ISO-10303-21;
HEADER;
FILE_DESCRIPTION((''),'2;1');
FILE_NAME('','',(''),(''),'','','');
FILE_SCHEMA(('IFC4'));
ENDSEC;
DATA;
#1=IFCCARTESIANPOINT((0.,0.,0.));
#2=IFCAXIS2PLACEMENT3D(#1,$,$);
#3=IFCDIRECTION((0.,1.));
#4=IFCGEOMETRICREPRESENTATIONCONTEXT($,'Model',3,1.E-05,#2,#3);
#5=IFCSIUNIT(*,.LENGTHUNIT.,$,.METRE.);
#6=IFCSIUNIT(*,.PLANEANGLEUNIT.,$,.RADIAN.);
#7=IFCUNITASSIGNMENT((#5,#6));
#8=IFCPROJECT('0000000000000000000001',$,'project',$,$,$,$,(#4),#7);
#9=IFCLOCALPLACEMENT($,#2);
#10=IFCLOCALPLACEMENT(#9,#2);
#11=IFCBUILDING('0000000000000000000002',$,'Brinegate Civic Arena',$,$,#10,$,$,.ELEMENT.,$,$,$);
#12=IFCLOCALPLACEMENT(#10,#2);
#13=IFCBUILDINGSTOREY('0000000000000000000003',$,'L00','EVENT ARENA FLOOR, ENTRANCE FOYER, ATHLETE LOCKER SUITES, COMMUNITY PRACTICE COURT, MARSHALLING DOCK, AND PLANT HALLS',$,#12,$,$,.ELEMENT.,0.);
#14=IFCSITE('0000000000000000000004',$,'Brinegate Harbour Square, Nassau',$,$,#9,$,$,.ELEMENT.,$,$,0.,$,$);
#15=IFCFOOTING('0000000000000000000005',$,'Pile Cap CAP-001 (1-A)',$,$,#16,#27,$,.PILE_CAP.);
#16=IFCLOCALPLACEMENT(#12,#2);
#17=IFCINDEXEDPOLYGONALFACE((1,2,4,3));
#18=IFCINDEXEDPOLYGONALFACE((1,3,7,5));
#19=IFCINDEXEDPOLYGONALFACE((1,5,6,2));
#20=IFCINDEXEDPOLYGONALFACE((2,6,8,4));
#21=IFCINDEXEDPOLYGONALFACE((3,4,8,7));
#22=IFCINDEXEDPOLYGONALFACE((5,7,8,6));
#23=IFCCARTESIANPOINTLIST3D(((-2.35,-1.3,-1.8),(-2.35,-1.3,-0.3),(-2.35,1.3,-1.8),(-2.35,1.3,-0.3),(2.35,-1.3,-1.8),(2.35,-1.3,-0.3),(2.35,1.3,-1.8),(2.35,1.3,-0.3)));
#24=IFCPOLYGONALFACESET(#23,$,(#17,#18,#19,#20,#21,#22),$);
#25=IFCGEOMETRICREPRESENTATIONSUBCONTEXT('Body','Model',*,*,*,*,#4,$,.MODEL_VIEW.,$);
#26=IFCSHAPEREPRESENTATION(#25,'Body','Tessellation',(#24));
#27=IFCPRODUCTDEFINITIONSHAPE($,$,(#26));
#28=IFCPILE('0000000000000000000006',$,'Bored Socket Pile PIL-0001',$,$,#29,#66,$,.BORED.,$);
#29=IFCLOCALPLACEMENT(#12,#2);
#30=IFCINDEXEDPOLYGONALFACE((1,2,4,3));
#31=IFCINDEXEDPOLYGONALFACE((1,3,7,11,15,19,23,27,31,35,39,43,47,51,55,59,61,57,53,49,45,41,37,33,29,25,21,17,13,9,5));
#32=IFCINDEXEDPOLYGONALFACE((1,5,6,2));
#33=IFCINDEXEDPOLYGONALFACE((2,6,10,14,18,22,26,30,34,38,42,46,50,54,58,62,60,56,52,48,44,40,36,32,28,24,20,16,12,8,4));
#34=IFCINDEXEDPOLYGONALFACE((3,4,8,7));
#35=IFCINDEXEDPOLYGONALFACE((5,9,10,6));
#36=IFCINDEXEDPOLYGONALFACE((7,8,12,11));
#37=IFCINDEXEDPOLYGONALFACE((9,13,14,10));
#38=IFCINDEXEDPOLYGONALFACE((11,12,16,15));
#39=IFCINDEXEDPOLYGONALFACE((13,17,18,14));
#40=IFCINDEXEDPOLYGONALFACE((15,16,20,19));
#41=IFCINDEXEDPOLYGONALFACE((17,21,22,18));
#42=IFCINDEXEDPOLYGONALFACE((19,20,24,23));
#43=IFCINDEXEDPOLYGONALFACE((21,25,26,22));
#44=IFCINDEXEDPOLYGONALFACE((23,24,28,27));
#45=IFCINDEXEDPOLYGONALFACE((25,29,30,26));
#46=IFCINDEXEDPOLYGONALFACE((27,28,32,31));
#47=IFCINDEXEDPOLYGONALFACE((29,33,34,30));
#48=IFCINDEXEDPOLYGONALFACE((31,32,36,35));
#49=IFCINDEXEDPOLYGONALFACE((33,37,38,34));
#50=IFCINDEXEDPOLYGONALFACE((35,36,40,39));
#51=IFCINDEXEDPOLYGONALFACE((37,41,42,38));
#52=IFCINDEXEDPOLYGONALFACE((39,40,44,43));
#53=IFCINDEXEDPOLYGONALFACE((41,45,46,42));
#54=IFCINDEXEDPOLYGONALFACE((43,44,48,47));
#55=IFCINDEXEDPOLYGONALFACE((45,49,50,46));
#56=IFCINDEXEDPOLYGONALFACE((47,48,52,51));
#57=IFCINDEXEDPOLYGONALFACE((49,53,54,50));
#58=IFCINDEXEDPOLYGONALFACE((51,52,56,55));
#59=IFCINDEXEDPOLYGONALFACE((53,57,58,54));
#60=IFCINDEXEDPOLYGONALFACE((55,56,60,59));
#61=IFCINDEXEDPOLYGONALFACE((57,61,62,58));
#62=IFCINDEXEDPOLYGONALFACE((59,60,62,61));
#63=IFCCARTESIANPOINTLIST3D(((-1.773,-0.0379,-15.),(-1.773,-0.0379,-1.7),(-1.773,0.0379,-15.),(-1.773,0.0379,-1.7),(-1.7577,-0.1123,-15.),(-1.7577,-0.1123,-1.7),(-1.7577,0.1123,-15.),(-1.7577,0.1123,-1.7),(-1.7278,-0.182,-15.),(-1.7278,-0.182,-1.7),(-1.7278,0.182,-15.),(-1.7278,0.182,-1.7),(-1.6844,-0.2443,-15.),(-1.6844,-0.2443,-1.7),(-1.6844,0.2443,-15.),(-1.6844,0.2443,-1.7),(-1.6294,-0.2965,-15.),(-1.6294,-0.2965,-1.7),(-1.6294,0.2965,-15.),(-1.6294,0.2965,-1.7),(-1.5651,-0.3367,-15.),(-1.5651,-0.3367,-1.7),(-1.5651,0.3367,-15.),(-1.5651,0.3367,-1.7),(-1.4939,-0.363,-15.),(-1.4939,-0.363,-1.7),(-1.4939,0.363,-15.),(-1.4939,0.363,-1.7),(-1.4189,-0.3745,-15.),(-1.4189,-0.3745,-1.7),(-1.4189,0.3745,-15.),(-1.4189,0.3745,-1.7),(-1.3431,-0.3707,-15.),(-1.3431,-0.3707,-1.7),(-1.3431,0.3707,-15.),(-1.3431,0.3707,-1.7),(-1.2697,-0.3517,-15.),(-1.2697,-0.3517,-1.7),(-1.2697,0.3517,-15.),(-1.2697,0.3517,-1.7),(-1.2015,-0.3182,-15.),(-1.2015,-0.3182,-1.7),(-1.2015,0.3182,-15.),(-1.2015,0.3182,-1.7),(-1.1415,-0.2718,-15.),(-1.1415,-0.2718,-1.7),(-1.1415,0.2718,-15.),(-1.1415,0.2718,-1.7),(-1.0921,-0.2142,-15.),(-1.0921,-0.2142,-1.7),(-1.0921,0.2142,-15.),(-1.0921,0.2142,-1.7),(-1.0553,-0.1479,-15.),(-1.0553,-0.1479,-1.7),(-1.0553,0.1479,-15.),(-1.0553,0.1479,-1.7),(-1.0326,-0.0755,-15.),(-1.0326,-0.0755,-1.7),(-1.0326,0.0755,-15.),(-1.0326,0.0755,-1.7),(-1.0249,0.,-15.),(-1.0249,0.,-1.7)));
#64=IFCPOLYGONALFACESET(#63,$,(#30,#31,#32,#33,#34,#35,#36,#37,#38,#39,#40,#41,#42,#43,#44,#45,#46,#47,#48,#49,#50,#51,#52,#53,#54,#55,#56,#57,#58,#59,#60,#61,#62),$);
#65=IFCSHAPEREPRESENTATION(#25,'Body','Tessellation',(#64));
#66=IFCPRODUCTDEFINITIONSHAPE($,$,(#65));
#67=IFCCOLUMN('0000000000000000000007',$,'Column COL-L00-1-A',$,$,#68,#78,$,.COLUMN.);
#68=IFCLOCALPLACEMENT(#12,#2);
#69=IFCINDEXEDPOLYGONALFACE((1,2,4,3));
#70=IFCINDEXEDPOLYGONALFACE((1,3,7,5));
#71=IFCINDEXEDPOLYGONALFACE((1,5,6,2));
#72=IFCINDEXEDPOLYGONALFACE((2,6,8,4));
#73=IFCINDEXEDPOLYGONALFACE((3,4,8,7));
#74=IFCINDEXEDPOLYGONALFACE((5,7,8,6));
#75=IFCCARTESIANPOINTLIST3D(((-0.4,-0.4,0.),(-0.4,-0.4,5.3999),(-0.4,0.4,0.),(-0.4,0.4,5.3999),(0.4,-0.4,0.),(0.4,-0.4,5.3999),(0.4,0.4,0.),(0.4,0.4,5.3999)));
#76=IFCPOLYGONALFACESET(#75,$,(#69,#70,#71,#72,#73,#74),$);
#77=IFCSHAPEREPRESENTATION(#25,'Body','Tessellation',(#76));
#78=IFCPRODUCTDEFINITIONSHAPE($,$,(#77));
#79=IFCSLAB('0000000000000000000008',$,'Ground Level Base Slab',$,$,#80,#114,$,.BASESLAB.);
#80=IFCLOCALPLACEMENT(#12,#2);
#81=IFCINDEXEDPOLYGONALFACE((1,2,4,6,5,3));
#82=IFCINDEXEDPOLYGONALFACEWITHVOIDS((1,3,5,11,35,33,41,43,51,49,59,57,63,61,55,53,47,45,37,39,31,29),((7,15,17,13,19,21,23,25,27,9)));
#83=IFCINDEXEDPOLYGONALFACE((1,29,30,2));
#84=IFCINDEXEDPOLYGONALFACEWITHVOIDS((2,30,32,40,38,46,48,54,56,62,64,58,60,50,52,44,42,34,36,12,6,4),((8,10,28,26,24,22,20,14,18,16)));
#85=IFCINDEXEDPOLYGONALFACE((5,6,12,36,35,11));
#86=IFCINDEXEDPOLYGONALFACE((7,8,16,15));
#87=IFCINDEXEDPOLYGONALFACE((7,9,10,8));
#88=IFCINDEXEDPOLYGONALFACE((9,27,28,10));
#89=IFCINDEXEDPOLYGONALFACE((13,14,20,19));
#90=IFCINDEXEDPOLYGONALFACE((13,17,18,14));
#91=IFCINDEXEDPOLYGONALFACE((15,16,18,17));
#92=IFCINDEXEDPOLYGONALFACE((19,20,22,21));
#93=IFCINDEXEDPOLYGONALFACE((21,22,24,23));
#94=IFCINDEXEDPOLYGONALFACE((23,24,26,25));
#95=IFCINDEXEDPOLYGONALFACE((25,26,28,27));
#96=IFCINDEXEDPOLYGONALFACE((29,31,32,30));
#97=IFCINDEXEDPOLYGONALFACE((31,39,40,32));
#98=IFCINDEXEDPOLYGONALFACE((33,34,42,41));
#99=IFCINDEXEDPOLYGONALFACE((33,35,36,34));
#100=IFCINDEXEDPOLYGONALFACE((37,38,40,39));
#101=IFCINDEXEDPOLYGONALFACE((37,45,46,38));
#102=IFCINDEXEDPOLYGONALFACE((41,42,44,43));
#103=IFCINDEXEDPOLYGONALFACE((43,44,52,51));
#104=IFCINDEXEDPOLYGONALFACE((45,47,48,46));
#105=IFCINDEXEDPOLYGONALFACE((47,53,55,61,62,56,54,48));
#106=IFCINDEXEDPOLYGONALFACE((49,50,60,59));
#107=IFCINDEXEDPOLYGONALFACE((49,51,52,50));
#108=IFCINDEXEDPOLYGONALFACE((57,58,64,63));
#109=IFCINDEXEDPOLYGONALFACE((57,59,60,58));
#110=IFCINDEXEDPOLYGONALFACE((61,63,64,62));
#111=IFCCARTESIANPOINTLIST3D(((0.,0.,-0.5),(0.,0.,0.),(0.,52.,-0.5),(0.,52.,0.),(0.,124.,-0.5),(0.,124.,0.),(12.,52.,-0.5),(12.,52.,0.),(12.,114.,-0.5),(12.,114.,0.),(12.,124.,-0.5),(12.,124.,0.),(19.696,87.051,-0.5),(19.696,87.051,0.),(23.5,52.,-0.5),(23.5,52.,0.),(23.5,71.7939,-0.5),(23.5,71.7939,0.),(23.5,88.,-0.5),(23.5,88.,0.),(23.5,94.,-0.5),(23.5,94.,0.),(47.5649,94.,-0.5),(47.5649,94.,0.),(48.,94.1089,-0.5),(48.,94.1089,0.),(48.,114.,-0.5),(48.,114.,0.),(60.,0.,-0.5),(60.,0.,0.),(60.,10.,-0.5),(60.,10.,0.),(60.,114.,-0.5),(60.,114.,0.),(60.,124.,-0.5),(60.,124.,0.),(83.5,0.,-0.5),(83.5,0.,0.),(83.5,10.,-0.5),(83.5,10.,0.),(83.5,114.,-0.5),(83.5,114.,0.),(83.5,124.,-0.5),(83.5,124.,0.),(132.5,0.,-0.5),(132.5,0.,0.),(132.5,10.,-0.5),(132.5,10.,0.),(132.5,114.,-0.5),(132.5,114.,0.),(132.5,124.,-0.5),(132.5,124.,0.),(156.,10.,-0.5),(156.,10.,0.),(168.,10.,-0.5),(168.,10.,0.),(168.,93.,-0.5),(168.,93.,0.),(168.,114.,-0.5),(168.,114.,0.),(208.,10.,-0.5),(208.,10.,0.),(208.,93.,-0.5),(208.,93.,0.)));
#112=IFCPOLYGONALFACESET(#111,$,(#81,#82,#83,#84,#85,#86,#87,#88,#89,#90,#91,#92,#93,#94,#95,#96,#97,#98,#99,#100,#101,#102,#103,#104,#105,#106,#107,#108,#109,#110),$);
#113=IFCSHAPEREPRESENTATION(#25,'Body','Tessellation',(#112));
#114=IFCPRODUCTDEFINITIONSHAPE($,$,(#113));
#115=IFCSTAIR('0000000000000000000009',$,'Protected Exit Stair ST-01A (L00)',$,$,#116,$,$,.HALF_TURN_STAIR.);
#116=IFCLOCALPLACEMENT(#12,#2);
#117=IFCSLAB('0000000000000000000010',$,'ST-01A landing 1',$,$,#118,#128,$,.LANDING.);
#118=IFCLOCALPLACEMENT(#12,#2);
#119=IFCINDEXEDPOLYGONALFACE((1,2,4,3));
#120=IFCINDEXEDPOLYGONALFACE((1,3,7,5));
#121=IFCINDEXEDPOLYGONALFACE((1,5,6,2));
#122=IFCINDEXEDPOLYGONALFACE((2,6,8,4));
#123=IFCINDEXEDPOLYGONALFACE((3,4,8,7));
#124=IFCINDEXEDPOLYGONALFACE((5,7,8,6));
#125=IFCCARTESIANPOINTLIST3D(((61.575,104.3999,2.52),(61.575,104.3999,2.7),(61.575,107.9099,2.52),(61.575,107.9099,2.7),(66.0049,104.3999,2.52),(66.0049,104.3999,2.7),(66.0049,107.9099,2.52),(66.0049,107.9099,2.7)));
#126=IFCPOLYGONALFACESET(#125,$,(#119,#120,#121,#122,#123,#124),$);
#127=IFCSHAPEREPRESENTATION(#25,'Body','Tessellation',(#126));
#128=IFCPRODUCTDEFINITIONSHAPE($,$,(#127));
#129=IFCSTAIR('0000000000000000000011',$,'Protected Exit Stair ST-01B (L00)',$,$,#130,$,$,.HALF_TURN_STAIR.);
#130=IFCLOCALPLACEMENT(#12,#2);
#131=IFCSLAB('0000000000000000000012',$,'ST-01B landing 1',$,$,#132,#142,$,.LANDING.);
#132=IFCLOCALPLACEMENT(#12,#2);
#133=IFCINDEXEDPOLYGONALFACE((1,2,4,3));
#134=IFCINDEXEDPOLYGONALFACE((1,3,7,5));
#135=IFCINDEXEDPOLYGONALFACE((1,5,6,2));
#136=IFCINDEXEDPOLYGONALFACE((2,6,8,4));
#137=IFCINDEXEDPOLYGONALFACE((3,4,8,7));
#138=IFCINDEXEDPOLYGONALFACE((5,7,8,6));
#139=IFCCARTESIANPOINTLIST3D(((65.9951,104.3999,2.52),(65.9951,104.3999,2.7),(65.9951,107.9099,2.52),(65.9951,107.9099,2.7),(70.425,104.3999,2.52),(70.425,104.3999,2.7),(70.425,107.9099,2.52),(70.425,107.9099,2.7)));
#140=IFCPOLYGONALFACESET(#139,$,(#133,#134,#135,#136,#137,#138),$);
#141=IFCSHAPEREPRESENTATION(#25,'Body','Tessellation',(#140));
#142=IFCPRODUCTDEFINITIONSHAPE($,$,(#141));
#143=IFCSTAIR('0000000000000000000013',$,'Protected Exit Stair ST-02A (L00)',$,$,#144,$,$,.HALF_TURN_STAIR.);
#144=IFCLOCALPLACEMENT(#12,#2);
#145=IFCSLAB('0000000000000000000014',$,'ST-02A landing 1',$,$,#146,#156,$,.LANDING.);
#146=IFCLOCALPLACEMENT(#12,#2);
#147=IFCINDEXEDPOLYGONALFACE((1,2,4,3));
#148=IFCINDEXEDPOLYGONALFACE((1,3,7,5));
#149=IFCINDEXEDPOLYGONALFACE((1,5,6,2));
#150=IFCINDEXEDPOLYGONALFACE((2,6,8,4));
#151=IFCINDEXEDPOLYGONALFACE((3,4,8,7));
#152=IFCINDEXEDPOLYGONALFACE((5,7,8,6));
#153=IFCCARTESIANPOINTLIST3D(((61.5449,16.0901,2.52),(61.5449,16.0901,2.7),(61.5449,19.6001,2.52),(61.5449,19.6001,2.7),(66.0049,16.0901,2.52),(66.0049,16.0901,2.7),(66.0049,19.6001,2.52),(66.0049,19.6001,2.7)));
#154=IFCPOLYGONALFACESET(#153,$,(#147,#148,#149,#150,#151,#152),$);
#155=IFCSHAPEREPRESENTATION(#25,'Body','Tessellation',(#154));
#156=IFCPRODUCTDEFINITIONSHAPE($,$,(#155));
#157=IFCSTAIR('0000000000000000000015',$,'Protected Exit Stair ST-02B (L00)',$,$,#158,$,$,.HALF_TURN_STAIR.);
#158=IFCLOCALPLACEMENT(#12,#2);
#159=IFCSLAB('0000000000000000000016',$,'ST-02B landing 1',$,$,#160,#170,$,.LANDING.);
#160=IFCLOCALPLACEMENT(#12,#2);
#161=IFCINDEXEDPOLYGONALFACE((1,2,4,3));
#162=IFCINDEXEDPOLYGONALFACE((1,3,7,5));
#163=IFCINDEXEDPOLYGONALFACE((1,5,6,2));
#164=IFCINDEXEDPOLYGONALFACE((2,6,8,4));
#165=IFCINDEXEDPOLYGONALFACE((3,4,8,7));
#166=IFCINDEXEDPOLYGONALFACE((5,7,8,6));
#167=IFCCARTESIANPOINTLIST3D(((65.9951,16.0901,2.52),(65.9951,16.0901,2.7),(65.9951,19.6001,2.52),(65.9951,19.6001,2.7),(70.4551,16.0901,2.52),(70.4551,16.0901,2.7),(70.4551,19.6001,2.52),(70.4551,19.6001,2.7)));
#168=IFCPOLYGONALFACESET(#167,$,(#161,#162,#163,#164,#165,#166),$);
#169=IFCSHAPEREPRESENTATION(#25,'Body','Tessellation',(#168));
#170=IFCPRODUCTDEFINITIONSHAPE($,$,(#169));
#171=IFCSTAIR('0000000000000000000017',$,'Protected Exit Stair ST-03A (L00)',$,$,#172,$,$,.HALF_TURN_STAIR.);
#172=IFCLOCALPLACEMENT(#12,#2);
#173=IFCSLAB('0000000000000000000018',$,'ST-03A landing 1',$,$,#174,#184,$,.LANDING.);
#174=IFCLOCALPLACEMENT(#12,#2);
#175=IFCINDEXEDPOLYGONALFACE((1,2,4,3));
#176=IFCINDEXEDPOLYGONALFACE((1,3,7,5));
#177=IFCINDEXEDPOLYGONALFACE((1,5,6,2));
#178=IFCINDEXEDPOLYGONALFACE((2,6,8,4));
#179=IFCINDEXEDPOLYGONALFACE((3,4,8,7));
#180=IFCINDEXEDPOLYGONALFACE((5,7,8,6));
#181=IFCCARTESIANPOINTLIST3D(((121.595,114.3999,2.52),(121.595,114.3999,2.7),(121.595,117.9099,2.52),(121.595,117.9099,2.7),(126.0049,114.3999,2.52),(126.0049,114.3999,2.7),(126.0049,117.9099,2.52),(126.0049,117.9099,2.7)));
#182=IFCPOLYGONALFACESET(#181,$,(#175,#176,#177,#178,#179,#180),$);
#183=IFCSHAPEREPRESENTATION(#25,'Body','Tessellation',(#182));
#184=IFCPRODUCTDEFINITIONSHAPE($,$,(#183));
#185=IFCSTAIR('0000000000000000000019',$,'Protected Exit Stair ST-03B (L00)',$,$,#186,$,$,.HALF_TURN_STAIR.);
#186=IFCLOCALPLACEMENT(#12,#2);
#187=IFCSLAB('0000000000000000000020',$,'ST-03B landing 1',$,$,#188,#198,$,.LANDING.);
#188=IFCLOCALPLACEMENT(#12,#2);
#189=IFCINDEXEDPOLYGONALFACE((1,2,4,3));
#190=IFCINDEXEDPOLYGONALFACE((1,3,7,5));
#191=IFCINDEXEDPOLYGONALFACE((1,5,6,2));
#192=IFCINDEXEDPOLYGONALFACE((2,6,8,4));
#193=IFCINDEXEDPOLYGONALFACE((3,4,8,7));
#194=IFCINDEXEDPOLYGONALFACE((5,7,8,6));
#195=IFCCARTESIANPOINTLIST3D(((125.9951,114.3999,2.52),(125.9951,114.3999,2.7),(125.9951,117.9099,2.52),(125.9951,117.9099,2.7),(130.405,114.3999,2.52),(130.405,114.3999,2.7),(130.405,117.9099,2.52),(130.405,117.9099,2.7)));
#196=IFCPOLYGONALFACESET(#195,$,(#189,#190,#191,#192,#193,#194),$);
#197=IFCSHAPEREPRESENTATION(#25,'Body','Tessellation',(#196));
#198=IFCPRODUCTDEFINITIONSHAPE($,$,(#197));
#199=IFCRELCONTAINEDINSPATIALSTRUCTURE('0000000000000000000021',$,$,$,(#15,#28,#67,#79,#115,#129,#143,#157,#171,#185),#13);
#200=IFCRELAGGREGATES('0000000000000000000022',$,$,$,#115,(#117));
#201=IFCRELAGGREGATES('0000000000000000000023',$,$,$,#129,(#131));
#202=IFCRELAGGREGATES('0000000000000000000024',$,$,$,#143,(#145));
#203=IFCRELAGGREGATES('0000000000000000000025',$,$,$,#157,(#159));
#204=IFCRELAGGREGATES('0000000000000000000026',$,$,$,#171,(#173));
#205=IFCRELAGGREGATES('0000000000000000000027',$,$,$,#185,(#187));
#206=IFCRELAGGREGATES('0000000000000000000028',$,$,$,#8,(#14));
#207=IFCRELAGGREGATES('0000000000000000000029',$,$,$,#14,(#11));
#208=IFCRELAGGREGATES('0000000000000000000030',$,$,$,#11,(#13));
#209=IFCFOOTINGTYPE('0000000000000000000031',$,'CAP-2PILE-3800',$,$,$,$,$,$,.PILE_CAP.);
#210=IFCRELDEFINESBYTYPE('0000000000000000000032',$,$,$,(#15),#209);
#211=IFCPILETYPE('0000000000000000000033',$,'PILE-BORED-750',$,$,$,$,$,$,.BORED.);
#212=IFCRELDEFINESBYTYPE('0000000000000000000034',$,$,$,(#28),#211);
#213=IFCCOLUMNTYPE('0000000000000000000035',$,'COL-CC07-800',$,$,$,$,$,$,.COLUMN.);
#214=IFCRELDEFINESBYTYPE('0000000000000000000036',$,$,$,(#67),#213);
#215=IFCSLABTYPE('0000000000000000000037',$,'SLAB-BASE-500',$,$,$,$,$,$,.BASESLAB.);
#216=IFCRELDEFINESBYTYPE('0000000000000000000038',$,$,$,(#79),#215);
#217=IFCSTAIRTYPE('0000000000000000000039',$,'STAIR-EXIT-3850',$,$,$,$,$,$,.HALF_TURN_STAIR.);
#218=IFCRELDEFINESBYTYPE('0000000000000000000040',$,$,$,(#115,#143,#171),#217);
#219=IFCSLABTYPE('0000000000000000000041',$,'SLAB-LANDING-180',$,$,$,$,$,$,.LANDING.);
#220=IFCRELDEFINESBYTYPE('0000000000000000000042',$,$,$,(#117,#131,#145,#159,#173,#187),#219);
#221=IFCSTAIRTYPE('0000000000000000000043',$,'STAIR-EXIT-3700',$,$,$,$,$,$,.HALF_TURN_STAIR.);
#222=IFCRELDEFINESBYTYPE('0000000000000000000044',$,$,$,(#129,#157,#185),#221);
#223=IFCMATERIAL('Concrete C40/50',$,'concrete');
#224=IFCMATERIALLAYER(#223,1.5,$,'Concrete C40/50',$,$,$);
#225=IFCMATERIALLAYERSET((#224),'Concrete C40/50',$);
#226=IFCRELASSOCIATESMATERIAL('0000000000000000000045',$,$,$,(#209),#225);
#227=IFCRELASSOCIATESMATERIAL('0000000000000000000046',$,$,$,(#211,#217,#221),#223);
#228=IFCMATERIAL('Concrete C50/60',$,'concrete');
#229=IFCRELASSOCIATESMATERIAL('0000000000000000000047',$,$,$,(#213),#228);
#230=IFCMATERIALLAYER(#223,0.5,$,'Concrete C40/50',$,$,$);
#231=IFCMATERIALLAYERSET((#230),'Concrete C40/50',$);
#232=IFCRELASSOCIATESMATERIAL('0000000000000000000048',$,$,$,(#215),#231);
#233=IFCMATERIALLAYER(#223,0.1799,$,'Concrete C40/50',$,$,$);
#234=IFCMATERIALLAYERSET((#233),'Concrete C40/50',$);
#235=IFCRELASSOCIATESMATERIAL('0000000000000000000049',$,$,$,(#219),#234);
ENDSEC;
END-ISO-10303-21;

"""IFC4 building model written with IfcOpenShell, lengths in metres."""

from ifc_helpers import new_model, si_unit, direction, frame, origin, origin_with_axes, origin_2d, place, context, subcontext, project, spatial, polyline, rectangle, circle, outline, extrude, material, layer, layer_set, material_profile, profile_set, type_object, element, aggregate, save


model = new_model("IFC4")

# Units and contexts
model_context = context("Model", 3, precision=1e-05, world=origin(), true_north=direction((0.0, 1.0)))
body_context = subcontext(model_context, "Body", "Model", "MODEL_VIEW")
ifc_project = project(units=[si_unit("LENGTHUNIT", "METRE"), si_unit("PLANEANGLEUNIT", "RADIAN")], contexts=[model_context])

# Site, building, storey
site_placement = place(None, origin())
site = spatial("IfcSite", under=ifc_project, at=site_placement, Name="Brinegate Harbour Square, Nassau", CompositionType="ELEMENT", RefElevation=0.0)
building_placement = place(site_placement, origin())
building = spatial("IfcBuilding", under=site, at=building_placement, Name="Brinegate Civic Arena", CompositionType="ELEMENT")
storey_placement = place(building_placement, origin())
storey = spatial("IfcBuildingStorey", under=building, at=storey_placement, Name="L00", Description="EVENT ARENA FLOOR, ENTRANCE FOYER, ATHLETE LOCKER SUITES, COMMUNITY PRACTICE COURT, MARSHALLING DOCK, AND PLANT HALLS", CompositionType="ELEMENT", Elevation=0.0)

# Footing
ifc_material_1 = material(Name="Concrete C40/50", Category="concrete")
ifc_layer_1 = layer(ifc_material_1, 1.5, Name="Concrete C40/50")
ifc_layer_set_1 = layer_set([ifc_layer_1], Name="Concrete C40/50")
footing_type = type_object("IfcFootingType", Name="CAP-2PILE-3800", PredefinedType="PILE_CAP", material=ifc_layer_set_1)
footing_placement = place(storey_placement, frame((0.0, 0.0, -1.8), z_axis=(0.0, 0.0, 1.0), x_axis=(1.0, 0.0, 0.0)))
element("IfcFooting", 1, at=footing_placement, inside=storey, type_object=footing_type, Name="Pile Cap CAP-001 (1-A)", PredefinedType="PILE_CAP", context=body_context, shape_type="SweptSolid", body=[
    extrude(rectangle(XDim=4.7, YDim=2.6001, at=origin_2d()), origin(), (0.0, 0.0, 1.0), 1.5),
])

# Pile
ifc_material_profile_1 = material_profile(ifc_material_1, circle(Radius=0.375, at=origin_2d()), Name="PILED750")
ifc_profile_set_1 = profile_set([ifc_material_profile_1], Name="Concrete C40/50")
pile_type = type_object("IfcPileType", Name="PILE-BORED-750", PredefinedType="BORED", material=ifc_profile_set_1)
pile_placement = place(storey_placement, frame((-1.3999, 0.0, -1.7), z_axis=(0.0, 0.0, -1.0), x_axis=(1.0, 0.0, 0.0)))
element("IfcPile", 2, at=pile_placement, inside=storey, type_object=pile_type, Name="Bored Socket Pile PIL-0001", PredefinedType="BORED", context=body_context, shape_type="SweptSolid", body=[
    extrude(circle(Radius=0.375, at=origin_2d()), origin(), (0.0, 0.0, 1.0), 13.3),
])

# Column
ifc_material_2 = material(Name="Concrete C50/60", Category="concrete")
ifc_material_profile_2 = material_profile(ifc_material_2, rectangle(XDim=0.8, YDim=0.8, at=origin_2d()), Name="RC800X800")
ifc_profile_set_2 = profile_set([ifc_material_profile_2], Name="Concrete C50/60")
column_type = type_object("IfcColumnType", Name="COL-CC07-800", PredefinedType="COLUMN", material=ifc_profile_set_2)
column_placement = place(storey_placement, origin_with_axes())
element("IfcColumn", 3, at=column_placement, inside=storey, type_object=column_type, Name="Column COL-L00-1-A", PredefinedType="COLUMN", context=body_context, shape_type="SweptSolid", body=[
    extrude(rectangle(XDim=0.8, YDim=0.8, at=origin_2d()), origin(), (0.0, 0.0, 1.0), 5.3999),
])

# Slab
ifc_layer_2 = layer(ifc_material_1, 0.5, Name="Concrete C40/50")
ifc_layer_set_2 = layer_set([ifc_layer_2], Name="Concrete C40/50")
slab_type_1 = type_object("IfcSlabType", Name="SLAB-BASE-500", PredefinedType="BASESLAB", material=ifc_layer_set_2)
slab_1_placement = place(storey_placement, frame((0.0, 0.0, -0.5)))
element("IfcSlab", 4, at=slab_1_placement, inside=storey, type_object=slab_type_1, Name="Ground Level Base Slab", PredefinedType="BASESLAB", context=body_context, shape_type="SweptSolid", body=[
    extrude(outline(polyline([(83.5, 114.0), (83.5, 124.0), (132.5, 124.0), (132.5, 114.0), (168.0, 114.0), (168.0, 93.0), (208.0, 93.0), (208.0, 10.0), (168.0, 10.0), (156.0, 10.0), (132.5, 10.0), (132.5, 0.0), (83.5, 0.0), (83.5, 10.0), (60.0, 10.0), (60.0, 0.0), (0.0, 0.0), (0.0, 52.0), (0.0, 124.0), (12.0, 124.0), (60.0, 124.0), (60.0, 114.0), (83.5, 114.0)]), holes=[polyline([(48.0, 114.0), (12.0, 114.0), (12.0, 52.0), (23.5, 52.0), (23.5, 71.7939), (19.696, 87.051), (23.5, 88.0), (23.5, 94.0), (47.5649, 94.0), (48.0, 94.1089), (48.0, 114.0)])]), origin(), (0.0, 0.0, 1.0), 0.5),
])

# Stairs, slabs
stair_type_1 = type_object("IfcStairType", Name="STAIR-EXIT-3850", PredefinedType="HALF_TURN_STAIR", material=ifc_material_1)
stair_1_placement = place(storey_placement, origin())
stair_1 = element("IfcStair", 5, at=stair_1_placement, inside=storey, type_object=stair_type_1, Name="Protected Exit Stair ST-01A (L00)", PredefinedType="HALF_TURN_STAIR")
ifc_layer_3 = layer(ifc_material_1, 0.1799, Name="Concrete C40/50")
ifc_layer_set_3 = layer_set([ifc_layer_3], Name="Concrete C40/50")
slab_type_2 = type_object("IfcSlabType", Name="SLAB-LANDING-180", PredefinedType="LANDING", material=ifc_layer_set_3)
slab_2_placement = place(storey_placement, frame((0.0, 0.0, 2.52)))
slab_2 = element("IfcSlab", 6, at=slab_2_placement, type_object=slab_type_2, Name="ST-01A landing 1", PredefinedType="LANDING", context=body_context, shape_type="SweptSolid", body=[
    extrude(outline(polyline([(61.575, 104.3999), (66.0049, 104.3999), (66.0049, 107.9099), (61.575, 107.9099), (61.575, 104.3999)])), origin(), (0.0, 0.0, 1.0), 0.1799),
])
aggregate(stair_1, [slab_2])
stair_type_2 = type_object("IfcStairType", Name="STAIR-EXIT-3700", PredefinedType="HALF_TURN_STAIR", material=ifc_material_1)
stair_2_placement = place(storey_placement, origin())
stair_2 = element("IfcStair", 7, at=stair_2_placement, inside=storey, type_object=stair_type_2, Name="Protected Exit Stair ST-01B (L00)", PredefinedType="HALF_TURN_STAIR")
slab_3_placement = place(storey_placement, frame((0.0, 0.0, 2.52)))
slab_3 = element("IfcSlab", 8, at=slab_3_placement, type_object=slab_type_2, Name="ST-01B landing 1", PredefinedType="LANDING", context=body_context, shape_type="SweptSolid", body=[
    extrude(outline(polyline([(65.9951, 104.3999), (70.425, 104.3999), (70.425, 107.9099), (65.9951, 107.9099), (65.9951, 104.3999)])), origin(), (0.0, 0.0, 1.0), 0.1799),
])
aggregate(stair_2, [slab_3])
stair_3_placement = place(storey_placement, origin())
stair_3 = element("IfcStair", 9, at=stair_3_placement, inside=storey, type_object=stair_type_1, Name="Protected Exit Stair ST-02A (L00)", PredefinedType="HALF_TURN_STAIR")
slab_4_placement = place(storey_placement, frame((0.0, 0.0, 2.52)))
slab_4 = element("IfcSlab", 10, at=slab_4_placement, type_object=slab_type_2, Name="ST-02A landing 1", PredefinedType="LANDING", context=body_context, shape_type="SweptSolid", body=[
    extrude(outline(polyline([(61.5449, 16.0901), (66.0049, 16.0901), (66.0049, 19.6001), (61.5449, 19.6001), (61.5449, 16.0901)])), origin(), (0.0, 0.0, 1.0), 0.1799),
])
aggregate(stair_3, [slab_4])
stair_4_placement = place(storey_placement, origin())
stair_4 = element("IfcStair", 11, at=stair_4_placement, inside=storey, type_object=stair_type_2, Name="Protected Exit Stair ST-02B (L00)", PredefinedType="HALF_TURN_STAIR")
slab_5_placement = place(storey_placement, frame((0.0, 0.0, 2.52)))
slab_5 = element("IfcSlab", 12, at=slab_5_placement, type_object=slab_type_2, Name="ST-02B landing 1", PredefinedType="LANDING", context=body_context, shape_type="SweptSolid", body=[
    extrude(outline(polyline([(65.9951, 16.0901), (70.4551, 16.0901), (70.4551, 19.6001), (65.9951, 19.6001), (65.9951, 16.0901)])), origin(), (0.0, 0.0, 1.0), 0.1799),
])
aggregate(stair_4, [slab_5])
stair_5_placement = place(storey_placement, origin())
stair_5 = element("IfcStair", 13, at=stair_5_placement, inside=storey, type_object=stair_type_1, Name="Protected Exit Stair ST-03A (L00)", PredefinedType="HALF_TURN_STAIR")
slab_6_placement = place(storey_placement, frame((0.0, 0.0, 2.52)))
slab_6 = element("IfcSlab", 14, at=slab_6_placement, type_object=slab_type_2, Name="ST-03A landing 1", PredefinedType="LANDING", context=body_context, shape_type="SweptSolid", body=[
    extrude(outline(polyline([(121.595, 114.3999), (126.0049, 114.3999), (126.0049, 117.9099), (121.595, 117.9099), (121.595, 114.3999)])), origin(), (0.0, 0.0, 1.0), 0.1799),
])
aggregate(stair_5, [slab_6])
stair_6_placement = place(storey_placement, origin())
stair_6 = element("IfcStair", 15, at=stair_6_placement, inside=storey, type_object=stair_type_2, Name="Protected Exit Stair ST-03B (L00)", PredefinedType="HALF_TURN_STAIR")
slab_7_placement = place(storey_placement, frame((0.0, 0.0, 2.52)))
slab_7 = element("IfcSlab", 16, at=slab_7_placement, type_object=slab_type_2, Name="ST-03B landing 1", PredefinedType="LANDING", context=body_context, shape_type="SweptSolid", body=[
    extrude(outline(polyline([(125.9951, 114.3999), (130.405, 114.3999), (130.405, 117.9099), (125.9951, 117.9099), (125.9951, 114.3999)])), origin(), (0.0, 0.0, 1.0), 0.1799),
])
aggregate(stair_6, [slab_7])

save(model, "model.ifc")
